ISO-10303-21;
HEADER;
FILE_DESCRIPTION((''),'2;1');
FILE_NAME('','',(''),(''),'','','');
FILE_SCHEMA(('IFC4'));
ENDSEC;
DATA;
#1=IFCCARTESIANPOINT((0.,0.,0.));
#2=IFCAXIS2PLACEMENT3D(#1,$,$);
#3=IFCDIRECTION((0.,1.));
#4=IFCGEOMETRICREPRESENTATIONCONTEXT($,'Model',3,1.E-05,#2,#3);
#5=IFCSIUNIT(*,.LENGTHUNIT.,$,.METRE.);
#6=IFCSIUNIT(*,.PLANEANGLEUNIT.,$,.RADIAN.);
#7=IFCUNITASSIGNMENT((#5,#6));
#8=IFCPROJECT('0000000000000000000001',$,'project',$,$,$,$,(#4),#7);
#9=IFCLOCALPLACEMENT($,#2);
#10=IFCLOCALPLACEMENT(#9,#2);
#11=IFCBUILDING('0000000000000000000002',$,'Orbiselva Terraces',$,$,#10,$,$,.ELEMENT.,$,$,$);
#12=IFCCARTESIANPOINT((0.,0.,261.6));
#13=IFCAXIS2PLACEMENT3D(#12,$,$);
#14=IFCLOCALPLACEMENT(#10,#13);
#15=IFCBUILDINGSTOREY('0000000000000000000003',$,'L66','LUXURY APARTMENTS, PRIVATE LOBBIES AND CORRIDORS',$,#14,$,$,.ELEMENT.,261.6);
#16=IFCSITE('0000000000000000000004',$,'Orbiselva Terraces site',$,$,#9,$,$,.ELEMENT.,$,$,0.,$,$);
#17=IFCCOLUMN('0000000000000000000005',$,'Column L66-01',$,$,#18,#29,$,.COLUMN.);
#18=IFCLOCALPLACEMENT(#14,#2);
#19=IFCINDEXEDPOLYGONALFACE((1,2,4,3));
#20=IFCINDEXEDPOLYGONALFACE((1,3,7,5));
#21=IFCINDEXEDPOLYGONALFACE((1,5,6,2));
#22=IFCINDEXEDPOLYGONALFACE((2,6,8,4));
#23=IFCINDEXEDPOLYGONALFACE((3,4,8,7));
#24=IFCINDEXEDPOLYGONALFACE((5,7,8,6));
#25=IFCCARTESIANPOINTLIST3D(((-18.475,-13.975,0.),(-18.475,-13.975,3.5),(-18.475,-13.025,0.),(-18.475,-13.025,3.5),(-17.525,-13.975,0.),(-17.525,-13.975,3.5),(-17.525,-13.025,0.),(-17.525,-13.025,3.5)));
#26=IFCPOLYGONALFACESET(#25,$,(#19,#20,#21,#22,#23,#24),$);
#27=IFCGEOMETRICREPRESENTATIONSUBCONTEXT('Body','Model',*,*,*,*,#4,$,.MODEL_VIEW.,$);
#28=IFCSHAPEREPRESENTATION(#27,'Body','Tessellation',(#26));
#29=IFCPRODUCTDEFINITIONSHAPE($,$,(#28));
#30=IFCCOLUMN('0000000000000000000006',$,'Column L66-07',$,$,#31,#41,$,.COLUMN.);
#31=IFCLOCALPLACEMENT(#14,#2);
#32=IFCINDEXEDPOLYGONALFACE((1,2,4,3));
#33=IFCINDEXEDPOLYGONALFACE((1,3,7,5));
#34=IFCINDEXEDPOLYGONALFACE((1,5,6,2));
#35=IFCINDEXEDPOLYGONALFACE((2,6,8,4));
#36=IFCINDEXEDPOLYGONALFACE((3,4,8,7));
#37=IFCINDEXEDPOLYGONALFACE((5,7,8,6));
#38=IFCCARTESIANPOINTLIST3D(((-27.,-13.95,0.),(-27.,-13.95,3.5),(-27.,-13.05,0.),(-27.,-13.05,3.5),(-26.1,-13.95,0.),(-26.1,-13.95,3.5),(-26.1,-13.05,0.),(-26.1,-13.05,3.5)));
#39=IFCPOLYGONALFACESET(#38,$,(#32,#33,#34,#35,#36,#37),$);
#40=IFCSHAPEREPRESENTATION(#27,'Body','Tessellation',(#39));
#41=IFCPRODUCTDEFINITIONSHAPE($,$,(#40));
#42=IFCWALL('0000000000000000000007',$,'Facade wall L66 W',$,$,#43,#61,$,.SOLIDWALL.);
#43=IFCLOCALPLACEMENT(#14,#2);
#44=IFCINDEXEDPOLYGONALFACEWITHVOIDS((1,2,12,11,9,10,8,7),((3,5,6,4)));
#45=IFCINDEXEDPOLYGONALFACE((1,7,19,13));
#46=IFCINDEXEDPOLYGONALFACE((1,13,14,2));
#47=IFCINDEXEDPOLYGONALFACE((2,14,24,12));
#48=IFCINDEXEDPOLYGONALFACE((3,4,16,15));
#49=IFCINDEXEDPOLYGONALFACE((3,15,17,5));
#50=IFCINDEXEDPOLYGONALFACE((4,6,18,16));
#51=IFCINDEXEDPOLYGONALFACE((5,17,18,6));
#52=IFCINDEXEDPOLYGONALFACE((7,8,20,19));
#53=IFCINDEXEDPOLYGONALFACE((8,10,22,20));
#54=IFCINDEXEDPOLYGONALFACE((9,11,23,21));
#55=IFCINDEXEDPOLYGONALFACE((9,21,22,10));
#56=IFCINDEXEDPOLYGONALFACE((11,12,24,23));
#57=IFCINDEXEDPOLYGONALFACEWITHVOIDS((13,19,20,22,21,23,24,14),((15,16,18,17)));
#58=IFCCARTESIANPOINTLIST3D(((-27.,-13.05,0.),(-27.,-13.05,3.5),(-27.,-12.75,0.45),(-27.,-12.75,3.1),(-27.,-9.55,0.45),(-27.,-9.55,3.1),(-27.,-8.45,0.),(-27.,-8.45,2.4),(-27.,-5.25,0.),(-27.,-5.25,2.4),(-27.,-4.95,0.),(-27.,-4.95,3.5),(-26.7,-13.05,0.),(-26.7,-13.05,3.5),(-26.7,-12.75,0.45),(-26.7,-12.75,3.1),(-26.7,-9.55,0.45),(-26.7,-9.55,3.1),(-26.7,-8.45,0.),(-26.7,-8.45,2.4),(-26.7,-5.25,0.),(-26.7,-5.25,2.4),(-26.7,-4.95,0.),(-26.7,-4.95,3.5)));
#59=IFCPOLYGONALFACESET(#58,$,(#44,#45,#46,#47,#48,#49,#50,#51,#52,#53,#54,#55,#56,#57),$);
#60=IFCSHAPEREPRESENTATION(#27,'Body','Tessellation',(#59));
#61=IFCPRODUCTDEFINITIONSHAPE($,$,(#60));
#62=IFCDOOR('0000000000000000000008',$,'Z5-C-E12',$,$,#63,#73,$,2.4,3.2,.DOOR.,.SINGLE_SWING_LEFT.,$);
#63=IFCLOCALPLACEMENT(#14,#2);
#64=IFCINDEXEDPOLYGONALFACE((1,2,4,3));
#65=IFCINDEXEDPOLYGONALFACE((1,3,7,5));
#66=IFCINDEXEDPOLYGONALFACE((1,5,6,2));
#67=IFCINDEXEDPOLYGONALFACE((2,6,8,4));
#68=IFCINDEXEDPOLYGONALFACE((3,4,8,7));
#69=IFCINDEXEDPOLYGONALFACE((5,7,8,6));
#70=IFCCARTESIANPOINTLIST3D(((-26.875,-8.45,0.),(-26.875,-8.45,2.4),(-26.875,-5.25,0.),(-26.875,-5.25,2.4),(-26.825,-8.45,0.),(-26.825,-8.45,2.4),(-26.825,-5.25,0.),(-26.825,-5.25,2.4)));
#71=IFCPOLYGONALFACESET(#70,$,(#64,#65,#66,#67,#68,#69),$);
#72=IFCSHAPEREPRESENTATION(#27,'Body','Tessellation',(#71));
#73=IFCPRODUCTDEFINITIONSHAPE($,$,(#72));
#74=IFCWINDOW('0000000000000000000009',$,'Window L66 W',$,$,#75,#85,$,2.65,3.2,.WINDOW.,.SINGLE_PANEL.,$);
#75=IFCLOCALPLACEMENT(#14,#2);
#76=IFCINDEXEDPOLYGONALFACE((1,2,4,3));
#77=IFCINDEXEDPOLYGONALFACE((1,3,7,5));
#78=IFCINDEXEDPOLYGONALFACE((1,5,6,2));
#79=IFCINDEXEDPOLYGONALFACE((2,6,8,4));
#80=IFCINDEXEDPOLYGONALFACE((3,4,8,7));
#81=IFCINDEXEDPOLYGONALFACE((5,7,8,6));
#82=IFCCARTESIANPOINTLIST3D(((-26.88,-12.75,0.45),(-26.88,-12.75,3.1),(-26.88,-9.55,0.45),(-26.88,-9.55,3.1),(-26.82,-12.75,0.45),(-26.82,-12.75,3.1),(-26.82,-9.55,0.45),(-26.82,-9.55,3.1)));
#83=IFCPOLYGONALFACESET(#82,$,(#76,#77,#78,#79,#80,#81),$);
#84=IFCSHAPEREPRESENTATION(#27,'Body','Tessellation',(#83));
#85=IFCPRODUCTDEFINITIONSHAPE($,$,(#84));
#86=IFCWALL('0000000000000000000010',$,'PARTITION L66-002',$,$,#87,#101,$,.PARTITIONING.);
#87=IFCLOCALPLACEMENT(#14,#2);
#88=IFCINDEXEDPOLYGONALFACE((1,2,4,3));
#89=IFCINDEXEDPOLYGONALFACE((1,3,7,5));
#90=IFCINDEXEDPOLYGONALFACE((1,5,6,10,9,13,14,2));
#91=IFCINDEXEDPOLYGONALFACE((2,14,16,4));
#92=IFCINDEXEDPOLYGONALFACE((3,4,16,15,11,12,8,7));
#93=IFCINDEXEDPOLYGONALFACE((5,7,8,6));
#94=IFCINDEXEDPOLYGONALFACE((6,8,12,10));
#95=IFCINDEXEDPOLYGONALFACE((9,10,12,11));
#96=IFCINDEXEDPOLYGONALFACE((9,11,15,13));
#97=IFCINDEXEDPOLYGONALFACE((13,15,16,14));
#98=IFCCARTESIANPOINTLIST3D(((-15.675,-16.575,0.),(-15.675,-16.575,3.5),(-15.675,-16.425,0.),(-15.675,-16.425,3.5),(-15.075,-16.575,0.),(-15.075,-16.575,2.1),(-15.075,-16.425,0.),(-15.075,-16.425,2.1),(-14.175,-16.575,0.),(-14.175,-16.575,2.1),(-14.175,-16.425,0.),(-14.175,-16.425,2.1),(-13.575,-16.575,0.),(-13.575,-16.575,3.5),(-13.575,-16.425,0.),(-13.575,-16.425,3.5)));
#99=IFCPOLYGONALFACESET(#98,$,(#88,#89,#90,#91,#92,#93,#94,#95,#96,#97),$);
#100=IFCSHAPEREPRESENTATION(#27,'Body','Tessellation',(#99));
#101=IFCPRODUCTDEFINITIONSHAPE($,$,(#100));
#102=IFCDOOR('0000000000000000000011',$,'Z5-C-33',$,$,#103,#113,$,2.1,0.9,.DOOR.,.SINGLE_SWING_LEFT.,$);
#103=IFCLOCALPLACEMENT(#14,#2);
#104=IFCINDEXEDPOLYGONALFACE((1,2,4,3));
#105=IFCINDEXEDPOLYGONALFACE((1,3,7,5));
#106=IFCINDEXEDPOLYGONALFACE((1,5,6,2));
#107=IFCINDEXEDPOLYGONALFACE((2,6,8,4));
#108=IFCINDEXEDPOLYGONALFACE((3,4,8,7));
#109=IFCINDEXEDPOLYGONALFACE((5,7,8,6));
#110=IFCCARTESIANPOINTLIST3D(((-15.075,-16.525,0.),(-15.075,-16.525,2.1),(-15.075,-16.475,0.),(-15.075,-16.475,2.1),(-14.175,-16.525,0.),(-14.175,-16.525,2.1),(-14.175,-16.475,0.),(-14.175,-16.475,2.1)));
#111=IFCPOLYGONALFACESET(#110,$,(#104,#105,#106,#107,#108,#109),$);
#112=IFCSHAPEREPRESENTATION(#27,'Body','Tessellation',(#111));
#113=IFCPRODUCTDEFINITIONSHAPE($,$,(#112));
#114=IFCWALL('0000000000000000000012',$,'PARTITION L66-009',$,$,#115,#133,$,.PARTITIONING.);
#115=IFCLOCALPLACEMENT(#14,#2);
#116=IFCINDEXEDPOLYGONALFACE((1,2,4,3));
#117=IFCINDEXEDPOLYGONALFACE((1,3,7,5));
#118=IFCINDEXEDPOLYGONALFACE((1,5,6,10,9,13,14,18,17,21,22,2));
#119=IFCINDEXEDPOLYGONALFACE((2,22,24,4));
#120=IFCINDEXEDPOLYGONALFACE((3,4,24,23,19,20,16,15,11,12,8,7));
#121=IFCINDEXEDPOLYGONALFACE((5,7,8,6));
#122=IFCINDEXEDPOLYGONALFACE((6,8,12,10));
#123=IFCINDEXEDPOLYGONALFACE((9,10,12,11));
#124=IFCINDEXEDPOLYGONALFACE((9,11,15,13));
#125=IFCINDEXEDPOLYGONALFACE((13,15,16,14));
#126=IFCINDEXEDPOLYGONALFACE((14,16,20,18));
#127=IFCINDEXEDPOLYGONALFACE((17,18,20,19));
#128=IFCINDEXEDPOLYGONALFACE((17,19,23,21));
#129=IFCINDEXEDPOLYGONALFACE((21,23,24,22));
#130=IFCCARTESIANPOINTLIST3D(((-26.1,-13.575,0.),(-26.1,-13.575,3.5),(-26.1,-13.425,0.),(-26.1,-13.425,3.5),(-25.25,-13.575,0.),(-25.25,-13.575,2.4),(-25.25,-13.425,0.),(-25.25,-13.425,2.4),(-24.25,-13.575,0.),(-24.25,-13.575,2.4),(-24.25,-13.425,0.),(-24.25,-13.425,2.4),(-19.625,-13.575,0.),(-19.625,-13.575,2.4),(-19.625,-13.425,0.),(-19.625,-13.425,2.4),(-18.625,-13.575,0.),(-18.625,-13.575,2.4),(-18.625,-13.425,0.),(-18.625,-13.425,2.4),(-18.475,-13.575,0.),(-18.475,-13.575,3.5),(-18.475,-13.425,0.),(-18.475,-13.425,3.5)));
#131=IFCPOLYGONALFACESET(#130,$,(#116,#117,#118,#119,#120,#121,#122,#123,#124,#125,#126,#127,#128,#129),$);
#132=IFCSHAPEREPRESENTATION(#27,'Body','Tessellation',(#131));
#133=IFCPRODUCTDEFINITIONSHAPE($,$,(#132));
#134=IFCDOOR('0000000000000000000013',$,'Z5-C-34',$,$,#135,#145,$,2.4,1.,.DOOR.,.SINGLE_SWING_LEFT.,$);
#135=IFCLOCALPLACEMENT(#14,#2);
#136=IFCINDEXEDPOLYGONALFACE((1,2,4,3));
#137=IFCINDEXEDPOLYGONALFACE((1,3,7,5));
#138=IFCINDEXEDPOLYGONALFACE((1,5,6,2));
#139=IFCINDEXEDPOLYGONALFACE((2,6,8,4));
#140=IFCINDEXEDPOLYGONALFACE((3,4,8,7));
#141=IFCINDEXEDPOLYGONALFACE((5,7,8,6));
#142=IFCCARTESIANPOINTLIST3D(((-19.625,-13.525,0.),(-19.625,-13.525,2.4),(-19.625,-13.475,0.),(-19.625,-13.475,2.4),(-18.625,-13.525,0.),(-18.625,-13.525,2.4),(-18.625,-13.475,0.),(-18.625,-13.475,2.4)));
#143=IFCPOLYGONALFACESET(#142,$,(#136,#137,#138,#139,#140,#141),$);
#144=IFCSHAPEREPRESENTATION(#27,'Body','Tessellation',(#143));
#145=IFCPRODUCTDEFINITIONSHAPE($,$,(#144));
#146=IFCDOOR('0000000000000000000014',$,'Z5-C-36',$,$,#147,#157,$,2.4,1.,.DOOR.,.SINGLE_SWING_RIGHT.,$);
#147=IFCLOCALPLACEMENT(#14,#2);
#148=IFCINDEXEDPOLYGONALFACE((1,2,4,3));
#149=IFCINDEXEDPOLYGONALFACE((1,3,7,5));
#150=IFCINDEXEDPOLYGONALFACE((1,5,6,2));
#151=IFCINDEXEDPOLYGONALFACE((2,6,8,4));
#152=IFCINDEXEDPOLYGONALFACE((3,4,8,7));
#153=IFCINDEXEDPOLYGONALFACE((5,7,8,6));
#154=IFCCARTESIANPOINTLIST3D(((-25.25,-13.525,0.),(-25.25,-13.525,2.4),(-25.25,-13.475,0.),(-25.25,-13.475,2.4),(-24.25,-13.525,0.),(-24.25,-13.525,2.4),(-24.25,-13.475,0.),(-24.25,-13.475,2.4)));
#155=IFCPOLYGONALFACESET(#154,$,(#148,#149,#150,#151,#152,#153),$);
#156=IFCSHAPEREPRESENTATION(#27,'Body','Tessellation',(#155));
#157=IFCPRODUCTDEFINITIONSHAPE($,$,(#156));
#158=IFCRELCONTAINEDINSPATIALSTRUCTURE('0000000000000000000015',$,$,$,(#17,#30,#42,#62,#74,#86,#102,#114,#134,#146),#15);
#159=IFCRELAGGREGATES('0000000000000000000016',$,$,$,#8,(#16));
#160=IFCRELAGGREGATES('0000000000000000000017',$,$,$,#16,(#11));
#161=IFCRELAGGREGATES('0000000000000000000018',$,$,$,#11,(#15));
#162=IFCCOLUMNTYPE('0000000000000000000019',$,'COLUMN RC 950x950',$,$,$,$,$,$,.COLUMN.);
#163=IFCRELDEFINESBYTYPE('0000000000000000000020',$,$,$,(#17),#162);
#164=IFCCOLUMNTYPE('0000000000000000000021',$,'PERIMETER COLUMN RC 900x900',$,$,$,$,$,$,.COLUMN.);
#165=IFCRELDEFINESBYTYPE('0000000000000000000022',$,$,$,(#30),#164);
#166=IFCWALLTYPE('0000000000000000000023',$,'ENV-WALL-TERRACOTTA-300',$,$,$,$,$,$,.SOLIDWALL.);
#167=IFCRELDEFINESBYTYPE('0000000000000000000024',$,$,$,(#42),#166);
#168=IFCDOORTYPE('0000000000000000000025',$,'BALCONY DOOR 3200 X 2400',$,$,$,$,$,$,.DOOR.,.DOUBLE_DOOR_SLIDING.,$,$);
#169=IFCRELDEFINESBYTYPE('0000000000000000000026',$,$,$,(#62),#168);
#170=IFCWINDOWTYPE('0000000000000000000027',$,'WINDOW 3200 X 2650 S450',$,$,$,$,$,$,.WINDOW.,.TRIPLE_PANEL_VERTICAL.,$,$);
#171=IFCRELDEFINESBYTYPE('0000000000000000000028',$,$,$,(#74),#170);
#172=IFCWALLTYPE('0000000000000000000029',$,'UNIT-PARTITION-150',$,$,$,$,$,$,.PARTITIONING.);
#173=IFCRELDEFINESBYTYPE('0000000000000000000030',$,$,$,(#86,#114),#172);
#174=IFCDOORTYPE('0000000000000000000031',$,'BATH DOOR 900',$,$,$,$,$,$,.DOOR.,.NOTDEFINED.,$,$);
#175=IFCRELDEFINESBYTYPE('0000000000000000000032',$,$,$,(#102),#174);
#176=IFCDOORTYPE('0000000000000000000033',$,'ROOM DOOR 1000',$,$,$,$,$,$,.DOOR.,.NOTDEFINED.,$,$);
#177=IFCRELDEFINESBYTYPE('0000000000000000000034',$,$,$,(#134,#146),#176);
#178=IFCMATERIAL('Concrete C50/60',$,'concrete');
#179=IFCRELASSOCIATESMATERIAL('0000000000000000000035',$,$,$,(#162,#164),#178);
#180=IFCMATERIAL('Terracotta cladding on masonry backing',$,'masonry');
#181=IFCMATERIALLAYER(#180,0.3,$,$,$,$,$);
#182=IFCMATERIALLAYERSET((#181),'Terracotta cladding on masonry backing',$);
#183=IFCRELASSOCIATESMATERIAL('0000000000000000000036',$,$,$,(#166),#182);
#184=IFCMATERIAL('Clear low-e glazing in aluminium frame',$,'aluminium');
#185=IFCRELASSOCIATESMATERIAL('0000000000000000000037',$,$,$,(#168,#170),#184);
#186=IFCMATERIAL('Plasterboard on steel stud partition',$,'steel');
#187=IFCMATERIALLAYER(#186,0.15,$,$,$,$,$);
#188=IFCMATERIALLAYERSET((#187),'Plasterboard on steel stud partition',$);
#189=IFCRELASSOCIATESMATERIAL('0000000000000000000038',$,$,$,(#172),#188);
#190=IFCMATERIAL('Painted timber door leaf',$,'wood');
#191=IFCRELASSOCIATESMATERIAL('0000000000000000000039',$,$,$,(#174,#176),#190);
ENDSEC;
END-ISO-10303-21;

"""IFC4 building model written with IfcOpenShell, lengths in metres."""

from ifc_helpers import new_model, si_unit, direction, frame, frame_2d, origin, origin_2d, place, context, subcontext, project, spatial, rectangle, extrude, material, layer, layer_set, material_profile, profile_set, type_object, element, fill, save


model = new_model("IFC4")

# Units and contexts
model_context = context("Model", 3, precision=1e-05, world=origin(), true_north=direction((0.0, 1.0)))
body_context = subcontext(model_context, "Body", "Model", "MODEL_VIEW")
ifc_project = project(units=[si_unit("LENGTHUNIT", "METRE"), si_unit("PLANEANGLEUNIT", "RADIAN")], contexts=[model_context])

# Site, building, storey
site_placement = place(None, origin())
site = spatial("IfcSite", under=ifc_project, at=site_placement, Name="Orbiselva Terraces site", CompositionType="ELEMENT", RefElevation=0.0)
building_placement = place(site_placement, origin())
building = spatial("IfcBuilding", under=site, at=building_placement, Name="Orbiselva Terraces", CompositionType="ELEMENT")
storey_placement = place(building_placement, frame((0.0, 0.0, 261.6)))
storey = spatial("IfcBuildingStorey", under=building, at=storey_placement, Name="L66", Description="LUXURY APARTMENTS, PRIVATE LOBBIES AND CORRIDORS", CompositionType="ELEMENT", Elevation=261.6)

# Columns
ifc_material_1 = material(Name="Concrete C50/60", Category="concrete")
ifc_material_profile_1 = material_profile(ifc_material_1, rectangle(XDim=0.95, YDim=0.95, at=origin_2d()), Name="RC 950x950")
ifc_profile_set_1 = profile_set([ifc_material_profile_1], Name="Concrete C50/60")
column_type_1 = type_object("IfcColumnType", Name="COLUMN RC 950x950", PredefinedType="COLUMN", material=ifc_profile_set_1)
column_1_placement = place(storey_placement, frame((-18.0, -13.5, 0.0), z_axis=(0.0, 0.0, 1.0), x_axis=(1.0, 0.0, 0.0)))
element("IfcColumn", 1, at=column_1_placement, inside=storey, type_object=column_type_1, Name="Column L66-01", PredefinedType="COLUMN", context=body_context, shape_type="SweptSolid", body=[
    extrude(rectangle(XDim=0.95, YDim=0.95, at=origin_2d()), origin(), (0.0, 0.0, 1.0), 3.5),
])
ifc_material_profile_2 = material_profile(ifc_material_1, rectangle(XDim=0.9, YDim=0.9, at=origin_2d()), Name="RC 900x900")
ifc_profile_set_2 = profile_set([ifc_material_profile_2], Name="Concrete C50/60")
column_type_2 = type_object("IfcColumnType", Name="PERIMETER COLUMN RC 900x900", PredefinedType="COLUMN", material=ifc_profile_set_2)
column_2_placement = place(storey_placement, frame((-26.55, -13.5, 0.0), z_axis=(0.0, 0.0, 1.0), x_axis=(1.0, 0.0, 0.0)))
element("IfcColumn", 2, at=column_2_placement, inside=storey, type_object=column_type_2, Name="Column L66-07", PredefinedType="COLUMN", context=body_context, shape_type="SweptSolid", body=[
    extrude(rectangle(XDim=0.9, YDim=0.9, at=origin_2d()), origin(), (0.0, 0.0, 1.0), 3.5),
])

# Wall, openings, door, window
ifc_material_2 = material(Name="Terracotta cladding on masonry backing", Category="masonry")
ifc_layer_1 = layer(ifc_material_2, 0.3)
ifc_layer_set_1 = layer_set([ifc_layer_1], Name="Terracotta cladding on masonry backing")
wall_type_1 = type_object("IfcWallType", Name="ENV-WALL-TERRACOTTA-300", PredefinedType="SOLIDWALL", material=ifc_layer_set_1)
wall_1_placement = place(storey_placement, frame((-26.85, -13.05, 0.0), z_axis=(0.0, 0.0, 1.0), x_axis=(0.0, 1.0, 0.0)))
wall_1 = element("IfcWall", 3, at=wall_1_placement, inside=storey, type_object=wall_type_1, Name="Facade wall L66 W", PredefinedType="SOLIDWALL", context=body_context, shape_type="SweptSolid", body=[
    extrude(rectangle(XDim=8.1, YDim=0.3, at=frame_2d((4.05, 0.0))), origin(), (0.0, 0.0, 1.0), 3.5),
])
opening_1_placement = place(wall_1_placement, frame((4.6, 0.0, 0.0)))
opening_1 = element("IfcOpeningElement", 4, at=opening_1_placement, cuts=wall_1, PredefinedType="OPENING", context=body_context, shape_type="SweptSolid", body=[
    extrude(rectangle(XDim=3.2, YDim=2.4, at=frame_2d((1.6, 1.2))), frame((0.0, 0.16, 0.0), z_axis=(0.0, -1.0, 0.0), x_axis=(1.0, 0.0, 0.0)), (0.0, 0.0, 1.0), 0.32),
])
opening_2_placement = place(wall_1_placement, frame((0.3, 0.0, 0.45)))
opening_2 = element("IfcOpeningElement", 5, at=opening_2_placement, cuts=wall_1, PredefinedType="OPENING", context=body_context, shape_type="SweptSolid", body=[
    extrude(rectangle(XDim=3.2, YDim=2.65, at=frame_2d((1.6, 1.325))), frame((0.0, 0.16, 0.0), z_axis=(0.0, -1.0, 0.0), x_axis=(1.0, 0.0, 0.0)), (0.0, 0.0, 1.0), 0.32),
])
ifc_material_3 = material(Name="Clear low-e glazing in aluminium frame", Category="aluminium")
door_type_1 = type_object("IfcDoorType", Name="BALCONY DOOR 3200 X 2400", OperationType="DOUBLE_DOOR_SLIDING", PredefinedType="DOOR", material=ifc_material_3)
door_1_placement = place(opening_1_placement, origin())
door_1 = element("IfcDoor", 6, at=door_1_placement, inside=storey, type_object=door_type_1, Name="Z5-C-E12", OperationType="SINGLE_SWING_LEFT", OverallHeight=2.4, OverallWidth=3.2, PredefinedType="DOOR", context=body_context, shape_type="SweptSolid", body=[
    extrude(rectangle(XDim=3.2, YDim=2.4, at=frame_2d((1.6, 1.2))), frame((0.0, 0.025, 0.0), z_axis=(0.0, -1.0, 0.0), x_axis=(1.0, 0.0, 0.0)), (0.0, 0.0, 1.0), 0.05),
])
fill(opening_1, door_1)
window_type = type_object("IfcWindowType", Name="WINDOW 3200 X 2650 S450", PartitioningType="TRIPLE_PANEL_VERTICAL", PredefinedType="WINDOW", material=ifc_material_3)
window_placement = place(opening_2_placement, origin())
window = element("IfcWindow", 7, at=window_placement, inside=storey, type_object=window_type, Name="Window L66 W", OverallHeight=2.65, OverallWidth=3.2, PartitioningType="SINGLE_PANEL", PredefinedType="WINDOW", context=body_context, shape_type="SweptSolid", body=[
    extrude(rectangle(XDim=3.2, YDim=2.65, at=frame_2d((1.6, 1.325))), frame((0.0, 0.03, 0.0), z_axis=(0.0, -1.0, 0.0), x_axis=(1.0, 0.0, 0.0)), (0.0, 0.0, 1.0), 0.06),
])
fill(opening_2, window)

# Wall, opening, door
ifc_material_4 = material(Name="Plasterboard on steel stud partition", Category="steel")
ifc_layer_2 = layer(ifc_material_4, 0.15)
ifc_layer_set_2 = layer_set([ifc_layer_2], Name="Plasterboard on steel stud partition")
wall_type_2 = type_object("IfcWallType", Name="UNIT-PARTITION-150", PredefinedType="PARTITIONING", material=ifc_layer_set_2)
wall_2_placement = place(storey_placement, frame((-15.675, -16.5, 0.0), z_axis=(0.0, 0.0, 1.0), x_axis=(1.0, 0.0, 0.0)))
wall_2 = element("IfcWall", 8, at=wall_2_placement, inside=storey, type_object=wall_type_2, Name="PARTITION L66-002", PredefinedType="PARTITIONING", context=body_context, shape_type="SweptSolid", body=[
    extrude(rectangle(XDim=2.1, YDim=0.15, at=frame_2d((1.05, 0.0))), origin(), (0.0, 0.0, 1.0), 3.5),
])
opening_3_placement = place(wall_2_placement, frame((0.6, 0.0, 0.0)))
opening_3 = element("IfcOpeningElement", 9, at=opening_3_placement, cuts=wall_2, PredefinedType="OPENING", context=body_context, shape_type="SweptSolid", body=[
    extrude(rectangle(XDim=0.9, YDim=2.1, at=frame_2d((0.45, 1.05))), frame((0.0, 0.085, 0.0), z_axis=(0.0, -1.0, 0.0), x_axis=(1.0, 0.0, 0.0)), (0.0, 0.0, 1.0), 0.17),
])
ifc_material_5 = material(Name="Painted timber door leaf", Category="wood")
door_type_2 = type_object("IfcDoorType", Name="BATH DOOR 900", OperationType="NOTDEFINED", PredefinedType="DOOR", material=ifc_material_5)
door_2_placement = place(opening_3_placement, origin())
door_2 = element("IfcDoor", 10, at=door_2_placement, inside=storey, type_object=door_type_2, Name="Z5-C-33", OperationType="SINGLE_SWING_LEFT", OverallHeight=2.1, OverallWidth=0.9, PredefinedType="DOOR", context=body_context, shape_type="SweptSolid", body=[
    extrude(rectangle(XDim=0.9, YDim=2.1, at=frame_2d((0.45, 1.05))), frame((0.0, 0.025, 0.0), z_axis=(0.0, -1.0, 0.0), x_axis=(1.0, 0.0, 0.0)), (0.0, 0.0, 1.0), 0.05),
])
fill(opening_3, door_2)

# Wall, openings, doors
wall_3_placement = place(storey_placement, frame((-18.475, -13.5, 0.0), z_axis=(0.0, 0.0, 1.0), x_axis=(-1.0, 0.0, 0.0)))
wall_3 = element("IfcWall", 11, at=wall_3_placement, inside=storey, type_object=wall_type_2, Name="PARTITION L66-009", PredefinedType="PARTITIONING", context=body_context, shape_type="SweptSolid", body=[
    extrude(rectangle(XDim=7.625, YDim=0.15, at=frame_2d((3.8125, 0.0))), origin(), (0.0, 0.0, 1.0), 3.5),
])
opening_4_placement = place(wall_3_placement, frame((0.15, 0.0, 0.0)))
opening_4 = element("IfcOpeningElement", 12, at=opening_4_placement, cuts=wall_3, PredefinedType="OPENING", context=body_context, shape_type="SweptSolid", body=[
    extrude(rectangle(XDim=1.0, YDim=2.4, at=frame_2d((0.5, 1.2))), frame((0.0, 0.085, 0.0), z_axis=(0.0, -1.0, 0.0), x_axis=(1.0, 0.0, 0.0)), (0.0, 0.0, 1.0), 0.17),
])
opening_5_placement = place(wall_3_placement, frame((5.775, 0.0, 0.0)))
opening_5 = element("IfcOpeningElement", 13, at=opening_5_placement, cuts=wall_3, PredefinedType="OPENING", context=body_context, shape_type="SweptSolid", body=[
    extrude(rectangle(XDim=1.0, YDim=2.4, at=frame_2d((0.5, 1.2))), frame((0.0, 0.085, 0.0), z_axis=(0.0, -1.0, 0.0), x_axis=(1.0, 0.0, 0.0)), (0.0, 0.0, 1.0), 0.17),
])
door_type_3 = type_object("IfcDoorType", Name="ROOM DOOR 1000", OperationType="NOTDEFINED", PredefinedType="DOOR", material=ifc_material_5)
door_3_placement = place(opening_4_placement, origin())
door_3 = element("IfcDoor", 14, at=door_3_placement, inside=storey, type_object=door_type_3, Name="Z5-C-34", OperationType="SINGLE_SWING_LEFT", OverallHeight=2.4, OverallWidth=1.0, PredefinedType="DOOR", context=body_context, shape_type="SweptSolid", body=[
    extrude(rectangle(XDim=1.0, YDim=2.4, at=frame_2d((0.5, 1.2))), frame((0.0, 0.025, 0.0), z_axis=(0.0, -1.0, 0.0), x_axis=(1.0, 0.0, 0.0)), (0.0, 0.0, 1.0), 0.05),
])
fill(opening_4, door_3)
door_4_placement = place(opening_5_placement, origin())
door_4 = element("IfcDoor", 15, at=door_4_placement, inside=storey, type_object=door_type_3, Name="Z5-C-36", OperationType="SINGLE_SWING_RIGHT", OverallHeight=2.4, OverallWidth=1.0, PredefinedType="DOOR", context=body_context, shape_type="SweptSolid", body=[
    extrude(rectangle(XDim=1.0, YDim=2.4, at=frame_2d((0.5, 1.2))), frame((0.0, 0.025, 0.0), z_axis=(0.0, -1.0, 0.0), x_axis=(1.0, 0.0, 0.0)), (0.0, 0.0, 1.0), 0.05),
])
fill(opening_5, door_4)

save(model, "model.ifc")
